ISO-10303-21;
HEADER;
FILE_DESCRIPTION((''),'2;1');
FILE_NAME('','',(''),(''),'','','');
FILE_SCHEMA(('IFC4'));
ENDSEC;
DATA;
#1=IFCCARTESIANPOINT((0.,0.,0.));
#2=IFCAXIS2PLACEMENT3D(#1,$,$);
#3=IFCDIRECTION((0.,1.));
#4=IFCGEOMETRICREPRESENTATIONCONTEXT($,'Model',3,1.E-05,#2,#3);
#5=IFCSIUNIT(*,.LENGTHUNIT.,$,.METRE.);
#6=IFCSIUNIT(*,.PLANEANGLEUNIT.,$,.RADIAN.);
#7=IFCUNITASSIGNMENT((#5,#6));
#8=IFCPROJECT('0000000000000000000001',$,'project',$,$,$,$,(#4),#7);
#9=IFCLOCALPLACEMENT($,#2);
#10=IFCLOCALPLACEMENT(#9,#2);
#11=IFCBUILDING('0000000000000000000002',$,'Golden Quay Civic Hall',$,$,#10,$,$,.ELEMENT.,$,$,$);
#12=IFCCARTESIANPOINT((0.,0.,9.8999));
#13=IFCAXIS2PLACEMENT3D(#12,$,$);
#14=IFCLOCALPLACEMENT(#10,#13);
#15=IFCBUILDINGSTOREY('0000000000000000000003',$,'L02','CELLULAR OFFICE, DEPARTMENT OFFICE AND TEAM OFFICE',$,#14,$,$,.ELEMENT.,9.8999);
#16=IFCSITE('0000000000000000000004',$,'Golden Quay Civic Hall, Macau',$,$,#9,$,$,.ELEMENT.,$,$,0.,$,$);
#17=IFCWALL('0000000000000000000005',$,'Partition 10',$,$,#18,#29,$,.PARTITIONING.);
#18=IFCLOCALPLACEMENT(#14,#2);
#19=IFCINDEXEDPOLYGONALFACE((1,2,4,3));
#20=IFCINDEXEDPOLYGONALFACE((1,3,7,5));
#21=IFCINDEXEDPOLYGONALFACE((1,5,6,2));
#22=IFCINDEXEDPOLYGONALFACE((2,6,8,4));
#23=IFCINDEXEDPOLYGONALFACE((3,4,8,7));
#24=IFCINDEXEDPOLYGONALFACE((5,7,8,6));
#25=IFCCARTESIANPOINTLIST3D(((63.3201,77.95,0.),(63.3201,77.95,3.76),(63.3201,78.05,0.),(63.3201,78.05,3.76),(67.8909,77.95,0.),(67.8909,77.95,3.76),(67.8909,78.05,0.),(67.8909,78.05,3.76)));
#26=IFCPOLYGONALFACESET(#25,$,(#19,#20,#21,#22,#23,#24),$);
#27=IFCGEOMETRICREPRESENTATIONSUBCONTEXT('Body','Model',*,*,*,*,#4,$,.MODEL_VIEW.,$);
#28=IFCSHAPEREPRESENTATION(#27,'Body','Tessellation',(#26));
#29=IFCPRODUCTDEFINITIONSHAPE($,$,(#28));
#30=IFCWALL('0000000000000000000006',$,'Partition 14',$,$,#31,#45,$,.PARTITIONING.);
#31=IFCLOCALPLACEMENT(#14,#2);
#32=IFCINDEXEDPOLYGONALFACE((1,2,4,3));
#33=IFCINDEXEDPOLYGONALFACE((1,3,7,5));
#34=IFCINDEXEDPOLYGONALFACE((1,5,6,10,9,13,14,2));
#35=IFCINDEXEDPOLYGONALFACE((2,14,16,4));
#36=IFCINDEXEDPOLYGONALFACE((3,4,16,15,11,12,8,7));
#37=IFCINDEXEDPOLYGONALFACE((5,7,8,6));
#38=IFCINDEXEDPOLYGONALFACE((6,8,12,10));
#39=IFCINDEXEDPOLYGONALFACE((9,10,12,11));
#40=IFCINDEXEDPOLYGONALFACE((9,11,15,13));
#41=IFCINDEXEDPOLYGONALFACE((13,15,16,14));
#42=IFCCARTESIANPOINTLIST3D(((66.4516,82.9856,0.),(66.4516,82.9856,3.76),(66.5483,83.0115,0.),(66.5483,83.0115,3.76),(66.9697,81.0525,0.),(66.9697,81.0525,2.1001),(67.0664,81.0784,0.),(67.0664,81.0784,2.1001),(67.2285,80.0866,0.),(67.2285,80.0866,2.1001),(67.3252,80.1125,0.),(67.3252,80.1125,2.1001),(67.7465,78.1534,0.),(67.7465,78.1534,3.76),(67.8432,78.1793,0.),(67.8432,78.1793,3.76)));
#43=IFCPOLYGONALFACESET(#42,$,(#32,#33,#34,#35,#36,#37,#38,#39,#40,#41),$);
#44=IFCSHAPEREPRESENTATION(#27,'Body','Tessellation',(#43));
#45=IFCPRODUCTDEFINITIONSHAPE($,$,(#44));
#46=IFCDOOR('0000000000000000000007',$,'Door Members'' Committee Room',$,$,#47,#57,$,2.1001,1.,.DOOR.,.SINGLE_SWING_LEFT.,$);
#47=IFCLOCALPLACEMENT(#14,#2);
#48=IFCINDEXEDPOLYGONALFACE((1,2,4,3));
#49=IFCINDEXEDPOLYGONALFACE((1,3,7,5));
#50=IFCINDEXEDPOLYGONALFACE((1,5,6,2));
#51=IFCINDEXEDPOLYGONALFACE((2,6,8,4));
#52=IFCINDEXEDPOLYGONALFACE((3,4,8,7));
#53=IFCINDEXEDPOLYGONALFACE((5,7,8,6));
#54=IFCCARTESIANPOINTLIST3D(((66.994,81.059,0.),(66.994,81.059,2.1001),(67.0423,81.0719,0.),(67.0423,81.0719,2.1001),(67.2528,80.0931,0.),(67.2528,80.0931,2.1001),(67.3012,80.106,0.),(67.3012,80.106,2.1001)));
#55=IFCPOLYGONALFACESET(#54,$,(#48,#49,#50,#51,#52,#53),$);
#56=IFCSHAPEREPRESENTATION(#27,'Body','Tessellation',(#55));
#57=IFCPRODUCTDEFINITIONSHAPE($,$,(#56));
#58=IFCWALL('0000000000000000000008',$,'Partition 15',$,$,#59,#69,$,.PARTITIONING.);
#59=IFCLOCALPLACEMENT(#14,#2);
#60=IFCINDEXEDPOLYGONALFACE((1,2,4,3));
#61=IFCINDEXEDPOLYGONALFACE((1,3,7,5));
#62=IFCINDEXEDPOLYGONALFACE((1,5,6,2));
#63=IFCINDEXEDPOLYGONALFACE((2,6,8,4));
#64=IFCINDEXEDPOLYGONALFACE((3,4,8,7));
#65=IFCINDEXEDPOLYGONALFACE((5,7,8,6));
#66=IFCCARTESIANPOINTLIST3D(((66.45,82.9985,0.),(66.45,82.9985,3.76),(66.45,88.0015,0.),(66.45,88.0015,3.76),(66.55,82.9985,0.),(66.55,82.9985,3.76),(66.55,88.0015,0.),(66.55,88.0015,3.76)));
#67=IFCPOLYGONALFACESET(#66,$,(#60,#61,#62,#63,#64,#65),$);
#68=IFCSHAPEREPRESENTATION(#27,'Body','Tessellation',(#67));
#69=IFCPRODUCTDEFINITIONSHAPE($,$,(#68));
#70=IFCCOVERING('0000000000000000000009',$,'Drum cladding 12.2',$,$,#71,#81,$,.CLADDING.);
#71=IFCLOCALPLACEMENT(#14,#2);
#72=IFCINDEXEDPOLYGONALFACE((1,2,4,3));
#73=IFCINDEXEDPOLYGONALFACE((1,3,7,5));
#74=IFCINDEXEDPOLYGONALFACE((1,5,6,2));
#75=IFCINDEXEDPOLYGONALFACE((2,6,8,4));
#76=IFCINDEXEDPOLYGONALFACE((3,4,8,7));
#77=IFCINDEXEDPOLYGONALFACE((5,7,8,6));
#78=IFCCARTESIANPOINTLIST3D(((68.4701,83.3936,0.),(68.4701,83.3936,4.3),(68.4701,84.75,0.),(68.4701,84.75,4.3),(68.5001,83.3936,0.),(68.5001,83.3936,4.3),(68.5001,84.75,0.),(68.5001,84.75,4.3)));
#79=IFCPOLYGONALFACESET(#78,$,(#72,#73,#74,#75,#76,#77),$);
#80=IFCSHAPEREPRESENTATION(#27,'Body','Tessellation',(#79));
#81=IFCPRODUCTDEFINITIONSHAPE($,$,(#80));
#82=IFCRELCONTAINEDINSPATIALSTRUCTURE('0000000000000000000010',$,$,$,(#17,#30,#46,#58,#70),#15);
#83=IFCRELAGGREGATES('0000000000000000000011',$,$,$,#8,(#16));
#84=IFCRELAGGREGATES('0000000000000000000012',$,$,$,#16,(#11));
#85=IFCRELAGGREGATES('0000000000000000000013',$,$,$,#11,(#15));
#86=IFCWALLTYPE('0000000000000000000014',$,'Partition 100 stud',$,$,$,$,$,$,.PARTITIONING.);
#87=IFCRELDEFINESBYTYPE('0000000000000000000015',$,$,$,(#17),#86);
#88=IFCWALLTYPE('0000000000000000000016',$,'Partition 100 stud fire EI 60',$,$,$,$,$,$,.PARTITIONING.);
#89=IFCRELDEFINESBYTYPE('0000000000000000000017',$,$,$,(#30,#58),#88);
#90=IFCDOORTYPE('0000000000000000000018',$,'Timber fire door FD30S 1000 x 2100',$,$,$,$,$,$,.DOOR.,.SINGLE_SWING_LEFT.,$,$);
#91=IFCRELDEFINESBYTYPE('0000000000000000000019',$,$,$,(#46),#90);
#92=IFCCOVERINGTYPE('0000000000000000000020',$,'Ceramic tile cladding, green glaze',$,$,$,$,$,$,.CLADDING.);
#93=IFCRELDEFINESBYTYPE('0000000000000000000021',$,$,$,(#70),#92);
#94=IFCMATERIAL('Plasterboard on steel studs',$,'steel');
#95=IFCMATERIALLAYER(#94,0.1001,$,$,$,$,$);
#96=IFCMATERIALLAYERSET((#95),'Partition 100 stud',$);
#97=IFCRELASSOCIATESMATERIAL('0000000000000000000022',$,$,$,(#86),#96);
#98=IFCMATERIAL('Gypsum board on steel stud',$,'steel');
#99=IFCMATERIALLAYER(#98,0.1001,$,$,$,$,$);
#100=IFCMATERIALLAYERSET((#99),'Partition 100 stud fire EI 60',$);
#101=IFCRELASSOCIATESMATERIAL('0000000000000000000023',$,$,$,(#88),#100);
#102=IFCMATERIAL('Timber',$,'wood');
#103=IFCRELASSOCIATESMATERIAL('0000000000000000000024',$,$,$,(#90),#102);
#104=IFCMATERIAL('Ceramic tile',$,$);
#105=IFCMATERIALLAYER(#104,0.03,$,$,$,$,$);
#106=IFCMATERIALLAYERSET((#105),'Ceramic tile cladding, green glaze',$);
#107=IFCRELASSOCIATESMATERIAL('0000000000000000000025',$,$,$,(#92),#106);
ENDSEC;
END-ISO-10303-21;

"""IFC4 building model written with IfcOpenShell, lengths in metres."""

from ifc_helpers import new_model, si_unit, direction, frame, frame_2d, origin, origin_2d, place, context, subcontext, project, spatial, rectangle, extrude, material, layer, layer_set, type_object, element, fill, save


model = new_model("IFC4")

# Units and contexts
model_context = context("Model", 3, precision=1e-05, world=origin(), true_north=direction((0.0, 1.0)))
body_context = subcontext(model_context, "Body", "Model", "MODEL_VIEW")
ifc_project = project(units=[si_unit("LENGTHUNIT", "METRE"), si_unit("PLANEANGLEUNIT", "RADIAN")], contexts=[model_context])

# Site, building, storey
site_placement = place(None, origin())
site = spatial("IfcSite", under=ifc_project, at=site_placement, Name="Golden Quay Civic Hall, Macau", CompositionType="ELEMENT", RefElevation=0.0)
building_placement = place(site_placement, origin())
building = spatial("IfcBuilding", under=site, at=building_placement, Name="Golden Quay Civic Hall", CompositionType="ELEMENT")
storey_placement = place(building_placement, frame((0.0, 0.0, 9.8999)))
storey = spatial("IfcBuildingStorey", under=building, at=storey_placement, Name="L02", Description="CELLULAR OFFICE, DEPARTMENT OFFICE AND TEAM OFFICE", CompositionType="ELEMENT", Elevation=9.8999)

# Wall
ifc_material_1 = material(Name="Plasterboard on steel studs", Category="steel")
ifc_layer_1 = layer(ifc_material_1, 0.1001)
ifc_layer_set_1 = layer_set([ifc_layer_1], Name="Partition 100 stud")
wall_type_1 = type_object("IfcWallType", Name="Partition 100 stud", PredefinedType="PARTITIONING", material=ifc_layer_set_1)
wall_1_placement = place(storey_placement, frame((67.8909, 78.0, 0.0), z_axis=(0.0, 0.0, 1.0), x_axis=(-1.0, 0.0, 0.0)))
element("IfcWall", 1, at=wall_1_placement, inside=storey, type_object=wall_type_1, Name="Partition 10", PredefinedType="PARTITIONING", context=body_context, shape_type="SweptSolid", body=[
    extrude(rectangle(XDim=4.5708, YDim=0.1001, at=frame_2d((2.2854, 0.0))), origin(), (0.0, 0.0, 1.0), 3.76),
])

# Wall, opening, door
ifc_material_2 = material(Name="Gypsum board on steel stud", Category="steel")
ifc_layer_2 = layer(ifc_material_2, 0.1001)
ifc_layer_set_2 = layer_set([ifc_layer_2], Name="Partition 100 stud fire EI 60")
wall_type_2 = type_object("IfcWallType", Name="Partition 100 stud fire EI 60", PredefinedType="PARTITIONING", material=ifc_layer_set_2)
wall_2_placement = place(storey_placement, frame((67.7949, 78.1663, 0.0), z_axis=(0.0, 0.0, 1.0), x_axis=(-0.258841, 0.96592, 0.0)))
wall_2 = element("IfcWall", 2, at=wall_2_placement, inside=storey, type_object=wall_type_2, Name="Partition 14", PredefinedType="PARTITIONING", context=body_context, shape_type="SweptSolid", body=[
    extrude(rectangle(XDim=5.0027, YDim=0.1001, at=frame_2d((2.5015, 0.0))), origin(), (0.0, 0.0, 1.0), 3.76),
])
opening_placement = place(wall_2_placement, frame((2.0015, 0.0, 0.0)))
opening = element("IfcOpeningElement", 3, at=opening_placement, cuts=wall_2, PredefinedType="OPENING", context=body_context, shape_type="SweptSolid", body=[
    extrude(rectangle(XDim=1.0, YDim=2.1001, at=frame_2d((0.5, 1.05))), frame((0.0, 0.0601, 0.0), z_axis=(0.0, -1.0, 0.0), x_axis=(1.0, 0.0, 0.0)), (0.0, 0.0, 1.0), 0.1201),
])
ifc_material_3 = material(Name="Timber", Category="wood")
door_type = type_object("IfcDoorType", Name="Timber fire door FD30S 1000 x 2100", OperationType="SINGLE_SWING_LEFT", PredefinedType="DOOR", material=ifc_material_3)
door_placement = place(opening_placement, origin())
door = element("IfcDoor", 4, at=door_placement, inside=storey, type_object=door_type, Name="Door Members' Committee Room", OperationType="SINGLE_SWING_LEFT", OverallHeight=2.1001, OverallWidth=1.0, PredefinedType="DOOR", context=body_context, shape_type="SweptSolid", body=[
    extrude(rectangle(XDim=1.0, YDim=2.1001, at=frame_2d((0.5, 1.05))), frame((0.0, 0.0249, 0.0), z_axis=(0.0, -1.0, 0.0), x_axis=(1.0, 0.0, 0.0)), (0.0, 0.0, 1.0), 0.05),
])
fill(opening, door)

# Wall
wall_3_placement = place(storey_placement, frame((66.5, 82.9985, 0.0), z_axis=(0.0, 0.0, 1.0), x_axis=(0.0, 1.0, 0.0)))
element("IfcWall", 5, at=wall_3_placement, inside=storey, type_object=wall_type_2, Name="Partition 15", PredefinedType="PARTITIONING", context=body_context, shape_type="SweptSolid", body=[
    extrude(rectangle(XDim=5.0029, YDim=0.1001, at=frame_2d((2.5015, 0.0))), origin(), (0.0, 0.0, 1.0), 3.76),
])

# Covering
ifc_material_4 = material(Name="Ceramic tile")
ifc_layer_3 = layer(ifc_material_4, 0.03)
ifc_layer_set_3 = layer_set([ifc_layer_3], Name="Ceramic tile cladding, green glaze")
covering_type = type_object("IfcCoveringType", Name="Ceramic tile cladding, green glaze", PredefinedType="CLADDING", material=ifc_layer_set_3)
covering_placement = place(storey_placement, frame((68.4851, 84.0718, 0.0), z_axis=(0.0, 0.0, 1.0), x_axis=(0.0, -1.0, 0.0)))
element("IfcCovering", 6, at=covering_placement, inside=storey, type_object=covering_type, Name="Drum cladding 12.2", PredefinedType="CLADDING", context=body_context, shape_type="SweptSolid", body=[
    extrude(rectangle(XDim=1.3564, YDim=0.03, at=origin_2d()), origin(), (0.0, 0.0, 1.0), 4.3),
])

save(model, "model.ifc")
